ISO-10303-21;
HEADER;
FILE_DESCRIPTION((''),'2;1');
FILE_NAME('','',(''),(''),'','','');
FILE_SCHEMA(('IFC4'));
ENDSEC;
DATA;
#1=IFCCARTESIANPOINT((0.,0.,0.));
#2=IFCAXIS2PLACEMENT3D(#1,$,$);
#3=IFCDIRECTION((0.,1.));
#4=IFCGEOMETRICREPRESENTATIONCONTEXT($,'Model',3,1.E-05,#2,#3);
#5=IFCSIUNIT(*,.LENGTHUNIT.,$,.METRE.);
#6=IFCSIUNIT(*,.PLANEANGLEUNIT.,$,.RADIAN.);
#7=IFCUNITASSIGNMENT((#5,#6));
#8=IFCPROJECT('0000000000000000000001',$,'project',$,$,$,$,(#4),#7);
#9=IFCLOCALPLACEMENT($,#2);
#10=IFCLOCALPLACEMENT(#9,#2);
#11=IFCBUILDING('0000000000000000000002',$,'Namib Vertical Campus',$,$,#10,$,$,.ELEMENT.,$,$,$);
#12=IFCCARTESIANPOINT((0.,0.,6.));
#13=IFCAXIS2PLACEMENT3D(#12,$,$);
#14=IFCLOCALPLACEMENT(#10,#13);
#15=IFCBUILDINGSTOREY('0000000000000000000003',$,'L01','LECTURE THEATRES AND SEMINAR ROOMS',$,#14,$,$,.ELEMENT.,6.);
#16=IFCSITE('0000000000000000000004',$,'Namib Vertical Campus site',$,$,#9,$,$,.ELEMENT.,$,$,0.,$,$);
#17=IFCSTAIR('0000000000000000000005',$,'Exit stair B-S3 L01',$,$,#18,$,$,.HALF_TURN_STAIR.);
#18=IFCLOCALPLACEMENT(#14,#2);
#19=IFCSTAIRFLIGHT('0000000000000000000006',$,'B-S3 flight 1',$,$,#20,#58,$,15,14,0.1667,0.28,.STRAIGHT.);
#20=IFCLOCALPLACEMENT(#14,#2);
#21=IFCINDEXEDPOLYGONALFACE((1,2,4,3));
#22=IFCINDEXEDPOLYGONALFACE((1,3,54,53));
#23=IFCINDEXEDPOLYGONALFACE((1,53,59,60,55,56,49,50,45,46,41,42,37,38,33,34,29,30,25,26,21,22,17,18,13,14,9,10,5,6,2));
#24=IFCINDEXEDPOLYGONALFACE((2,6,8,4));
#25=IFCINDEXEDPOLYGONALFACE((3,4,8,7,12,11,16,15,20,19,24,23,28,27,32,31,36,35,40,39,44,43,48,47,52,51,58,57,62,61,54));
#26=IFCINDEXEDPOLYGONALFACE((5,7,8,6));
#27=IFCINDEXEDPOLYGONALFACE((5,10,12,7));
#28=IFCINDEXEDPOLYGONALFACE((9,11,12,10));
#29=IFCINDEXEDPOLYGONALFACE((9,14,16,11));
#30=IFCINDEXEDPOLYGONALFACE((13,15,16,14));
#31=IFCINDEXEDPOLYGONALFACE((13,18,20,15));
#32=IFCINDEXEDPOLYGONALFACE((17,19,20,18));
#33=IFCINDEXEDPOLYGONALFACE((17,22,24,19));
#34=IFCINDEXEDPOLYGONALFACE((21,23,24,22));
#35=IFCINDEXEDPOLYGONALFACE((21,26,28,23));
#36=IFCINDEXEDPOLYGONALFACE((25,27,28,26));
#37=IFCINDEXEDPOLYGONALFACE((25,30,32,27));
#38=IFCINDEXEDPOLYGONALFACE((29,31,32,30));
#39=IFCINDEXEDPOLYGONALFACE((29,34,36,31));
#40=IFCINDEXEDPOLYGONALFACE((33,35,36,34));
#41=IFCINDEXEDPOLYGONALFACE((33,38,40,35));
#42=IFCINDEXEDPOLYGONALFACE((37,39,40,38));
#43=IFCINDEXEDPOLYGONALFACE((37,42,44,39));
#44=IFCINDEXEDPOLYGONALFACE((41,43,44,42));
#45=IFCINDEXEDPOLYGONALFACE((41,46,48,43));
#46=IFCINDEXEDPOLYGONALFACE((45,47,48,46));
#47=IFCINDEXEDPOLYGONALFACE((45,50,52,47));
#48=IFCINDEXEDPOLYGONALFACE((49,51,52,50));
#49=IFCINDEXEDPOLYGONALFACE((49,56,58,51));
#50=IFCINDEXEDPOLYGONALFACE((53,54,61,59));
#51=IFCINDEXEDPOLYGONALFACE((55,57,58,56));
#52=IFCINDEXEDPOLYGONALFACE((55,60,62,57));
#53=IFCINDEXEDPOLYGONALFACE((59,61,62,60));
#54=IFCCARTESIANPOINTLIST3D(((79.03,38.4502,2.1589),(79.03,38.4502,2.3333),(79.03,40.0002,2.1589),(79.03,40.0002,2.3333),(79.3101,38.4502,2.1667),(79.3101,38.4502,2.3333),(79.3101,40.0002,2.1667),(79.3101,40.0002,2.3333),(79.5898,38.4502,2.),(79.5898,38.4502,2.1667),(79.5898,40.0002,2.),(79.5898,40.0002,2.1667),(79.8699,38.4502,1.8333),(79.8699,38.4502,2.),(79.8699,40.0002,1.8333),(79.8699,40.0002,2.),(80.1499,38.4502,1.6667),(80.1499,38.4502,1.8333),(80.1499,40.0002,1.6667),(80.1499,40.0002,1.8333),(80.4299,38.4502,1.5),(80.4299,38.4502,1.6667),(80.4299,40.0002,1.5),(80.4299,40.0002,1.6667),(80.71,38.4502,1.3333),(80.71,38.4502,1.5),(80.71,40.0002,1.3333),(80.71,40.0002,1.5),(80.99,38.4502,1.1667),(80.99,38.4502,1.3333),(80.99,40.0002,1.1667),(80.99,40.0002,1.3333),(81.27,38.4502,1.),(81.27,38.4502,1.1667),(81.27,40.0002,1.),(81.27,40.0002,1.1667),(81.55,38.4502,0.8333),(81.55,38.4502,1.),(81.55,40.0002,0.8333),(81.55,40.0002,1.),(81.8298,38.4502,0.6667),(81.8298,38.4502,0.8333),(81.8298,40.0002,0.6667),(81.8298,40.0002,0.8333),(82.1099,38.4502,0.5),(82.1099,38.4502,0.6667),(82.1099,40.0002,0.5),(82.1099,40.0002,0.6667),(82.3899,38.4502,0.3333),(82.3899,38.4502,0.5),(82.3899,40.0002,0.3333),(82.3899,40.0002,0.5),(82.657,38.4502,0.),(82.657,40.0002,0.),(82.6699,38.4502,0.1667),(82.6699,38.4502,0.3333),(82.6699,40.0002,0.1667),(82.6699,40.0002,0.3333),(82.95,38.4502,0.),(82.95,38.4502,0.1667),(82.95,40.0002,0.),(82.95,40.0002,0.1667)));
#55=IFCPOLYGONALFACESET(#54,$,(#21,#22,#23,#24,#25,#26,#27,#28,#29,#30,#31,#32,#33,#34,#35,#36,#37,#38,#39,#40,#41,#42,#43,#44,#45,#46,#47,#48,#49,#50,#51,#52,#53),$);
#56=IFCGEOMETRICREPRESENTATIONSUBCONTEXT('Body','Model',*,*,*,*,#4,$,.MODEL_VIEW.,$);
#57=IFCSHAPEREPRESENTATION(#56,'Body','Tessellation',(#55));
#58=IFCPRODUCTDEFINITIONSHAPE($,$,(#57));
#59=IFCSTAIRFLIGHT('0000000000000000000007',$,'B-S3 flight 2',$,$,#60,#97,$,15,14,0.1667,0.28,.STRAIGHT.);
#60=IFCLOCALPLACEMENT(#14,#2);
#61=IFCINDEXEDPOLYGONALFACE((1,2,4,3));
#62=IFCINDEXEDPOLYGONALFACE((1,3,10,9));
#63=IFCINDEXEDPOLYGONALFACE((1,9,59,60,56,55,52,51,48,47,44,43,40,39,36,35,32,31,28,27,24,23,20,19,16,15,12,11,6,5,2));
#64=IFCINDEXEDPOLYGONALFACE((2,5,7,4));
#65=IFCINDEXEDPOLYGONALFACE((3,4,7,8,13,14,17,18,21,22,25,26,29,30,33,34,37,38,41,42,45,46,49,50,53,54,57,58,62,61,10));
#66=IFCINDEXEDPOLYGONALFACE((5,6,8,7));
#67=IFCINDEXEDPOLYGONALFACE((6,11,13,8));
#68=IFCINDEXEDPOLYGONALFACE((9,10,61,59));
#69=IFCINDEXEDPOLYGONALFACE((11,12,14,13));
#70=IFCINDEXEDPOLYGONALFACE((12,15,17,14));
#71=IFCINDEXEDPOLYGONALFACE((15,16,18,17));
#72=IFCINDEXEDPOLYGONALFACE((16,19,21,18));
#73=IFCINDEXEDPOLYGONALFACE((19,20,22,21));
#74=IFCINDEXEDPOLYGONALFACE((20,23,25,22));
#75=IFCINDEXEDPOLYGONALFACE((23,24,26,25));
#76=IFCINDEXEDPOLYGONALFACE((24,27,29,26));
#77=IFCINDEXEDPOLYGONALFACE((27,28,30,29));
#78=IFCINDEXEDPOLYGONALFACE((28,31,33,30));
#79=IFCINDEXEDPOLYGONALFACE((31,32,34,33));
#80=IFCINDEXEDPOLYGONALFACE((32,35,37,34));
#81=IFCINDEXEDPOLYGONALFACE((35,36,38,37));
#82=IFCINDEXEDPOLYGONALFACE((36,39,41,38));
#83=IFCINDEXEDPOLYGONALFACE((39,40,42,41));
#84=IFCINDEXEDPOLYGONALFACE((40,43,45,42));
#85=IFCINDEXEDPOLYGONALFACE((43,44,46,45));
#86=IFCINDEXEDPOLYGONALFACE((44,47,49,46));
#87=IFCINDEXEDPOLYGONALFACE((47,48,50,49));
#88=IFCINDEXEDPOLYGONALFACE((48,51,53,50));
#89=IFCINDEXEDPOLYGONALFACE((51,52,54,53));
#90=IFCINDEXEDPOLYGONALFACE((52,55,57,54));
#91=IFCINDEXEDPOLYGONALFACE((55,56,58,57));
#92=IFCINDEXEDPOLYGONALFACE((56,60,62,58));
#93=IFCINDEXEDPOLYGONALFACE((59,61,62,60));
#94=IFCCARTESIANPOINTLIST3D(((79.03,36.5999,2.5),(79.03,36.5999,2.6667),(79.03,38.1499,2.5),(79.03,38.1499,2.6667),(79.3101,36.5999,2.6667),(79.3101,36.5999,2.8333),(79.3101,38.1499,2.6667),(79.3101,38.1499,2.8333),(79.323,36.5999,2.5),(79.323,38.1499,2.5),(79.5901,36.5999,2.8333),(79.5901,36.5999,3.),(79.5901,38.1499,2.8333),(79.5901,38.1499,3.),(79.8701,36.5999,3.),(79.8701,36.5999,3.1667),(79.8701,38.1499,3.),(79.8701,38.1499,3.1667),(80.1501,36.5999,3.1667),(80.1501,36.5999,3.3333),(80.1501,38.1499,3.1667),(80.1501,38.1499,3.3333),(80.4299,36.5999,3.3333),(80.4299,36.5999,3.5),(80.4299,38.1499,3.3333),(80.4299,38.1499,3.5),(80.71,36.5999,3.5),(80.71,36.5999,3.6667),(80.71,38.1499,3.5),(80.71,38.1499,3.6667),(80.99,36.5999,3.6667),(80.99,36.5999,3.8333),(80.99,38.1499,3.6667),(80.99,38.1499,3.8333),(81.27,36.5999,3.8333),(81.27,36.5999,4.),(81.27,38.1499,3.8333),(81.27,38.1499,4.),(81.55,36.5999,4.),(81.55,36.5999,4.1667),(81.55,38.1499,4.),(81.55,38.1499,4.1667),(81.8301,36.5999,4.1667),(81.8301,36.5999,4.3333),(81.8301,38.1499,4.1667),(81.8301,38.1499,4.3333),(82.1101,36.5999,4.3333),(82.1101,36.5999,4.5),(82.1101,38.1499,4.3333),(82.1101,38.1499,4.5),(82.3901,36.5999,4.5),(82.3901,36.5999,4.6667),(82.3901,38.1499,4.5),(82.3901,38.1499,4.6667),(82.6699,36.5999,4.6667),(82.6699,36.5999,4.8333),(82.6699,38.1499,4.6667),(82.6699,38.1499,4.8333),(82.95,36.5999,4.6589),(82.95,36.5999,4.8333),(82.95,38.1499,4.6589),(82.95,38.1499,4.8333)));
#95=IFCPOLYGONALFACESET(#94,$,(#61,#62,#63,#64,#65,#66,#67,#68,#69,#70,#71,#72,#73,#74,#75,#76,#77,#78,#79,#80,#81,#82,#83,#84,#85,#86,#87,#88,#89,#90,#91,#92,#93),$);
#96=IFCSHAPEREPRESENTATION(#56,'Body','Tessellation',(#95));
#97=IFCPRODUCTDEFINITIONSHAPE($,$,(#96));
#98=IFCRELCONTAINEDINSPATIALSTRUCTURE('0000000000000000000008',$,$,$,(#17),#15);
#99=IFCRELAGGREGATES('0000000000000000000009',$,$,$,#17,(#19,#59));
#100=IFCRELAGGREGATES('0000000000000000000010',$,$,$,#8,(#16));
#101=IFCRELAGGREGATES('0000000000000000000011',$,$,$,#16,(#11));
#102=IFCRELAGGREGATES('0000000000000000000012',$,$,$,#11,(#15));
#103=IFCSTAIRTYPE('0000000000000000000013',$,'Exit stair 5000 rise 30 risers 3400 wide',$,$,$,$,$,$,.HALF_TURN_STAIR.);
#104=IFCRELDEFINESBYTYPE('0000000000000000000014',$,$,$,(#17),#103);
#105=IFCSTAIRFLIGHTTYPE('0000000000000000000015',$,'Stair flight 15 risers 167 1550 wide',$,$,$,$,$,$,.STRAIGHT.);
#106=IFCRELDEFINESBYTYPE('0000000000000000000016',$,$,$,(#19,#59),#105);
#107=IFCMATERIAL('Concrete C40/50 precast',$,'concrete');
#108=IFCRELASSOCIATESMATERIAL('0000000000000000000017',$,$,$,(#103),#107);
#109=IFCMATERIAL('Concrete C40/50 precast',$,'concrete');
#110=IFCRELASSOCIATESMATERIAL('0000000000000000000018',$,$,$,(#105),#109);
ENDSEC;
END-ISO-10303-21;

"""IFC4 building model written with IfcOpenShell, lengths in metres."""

from ifc_helpers import new_model, si_unit, direction, frame, origin, place, context, subcontext, project, spatial, polyline, outline, extrude, material, type_object, element, aggregate, save


model = new_model("IFC4")

# Units and contexts
model_context = context("Model", 3, precision=1e-05, world=origin(), true_north=direction((0.0, 1.0)))
body_context = subcontext(model_context, "Body", "Model", "MODEL_VIEW")
ifc_project = project(units=[si_unit("LENGTHUNIT", "METRE"), si_unit("PLANEANGLEUNIT", "RADIAN")], contexts=[model_context])

# Site, building, storey
site_placement = place(None, origin())
site = spatial("IfcSite", under=ifc_project, at=site_placement, Name="Namib Vertical Campus site", CompositionType="ELEMENT", RefElevation=0.0)
building_placement = place(site_placement, origin())
building = spatial("IfcBuilding", under=site, at=building_placement, Name="Namib Vertical Campus", CompositionType="ELEMENT")
storey_placement = place(building_placement, frame((0.0, 0.0, 6.0)))
storey = spatial("IfcBuildingStorey", under=building, at=storey_placement, Name="L01", Description="LECTURE THEATRES AND SEMINAR ROOMS", CompositionType="ELEMENT", Elevation=6.0)

# Stair, stair flights
ifc_material_1 = material(Name="Concrete C40/50 precast", Category="concrete")
stair_type = type_object("IfcStairType", Name="Exit stair 5000 rise 30 risers 3400 wide", PredefinedType="HALF_TURN_STAIR", material=ifc_material_1)
stair_placement = place(storey_placement, origin())
stair = element("IfcStair", 1, at=stair_placement, inside=storey, type_object=stair_type, Name="Exit stair B-S3 L01", PredefinedType="HALF_TURN_STAIR")
ifc_material_2 = material(Name="Concrete C40/50 precast", Category="concrete")
stair_flight_type = type_object("IfcStairFlightType", Name="Stair flight 15 risers 167 1550 wide", PredefinedType="STRAIGHT", material=ifc_material_2)
stair_flight_1_placement = place(storey_placement, frame((82.95, 39.2251, 0.0), z_axis=(0.0, 0.0, 1.0), x_axis=(-1.0, 0.0, 0.0)))
stair_flight_1 = element("IfcStairFlight", 2, at=stair_flight_1_placement, type_object=stair_flight_type, Name="B-S3 flight 1", NumberOfRisers=15, NumberOfTreads=14, PredefinedType="STRAIGHT", RiserHeight=0.1667, TreadLength=0.28, context=body_context, shape_type="SweptSolid", body=[
    extrude(outline(polyline([(0.0, 0.0), (0.0, 0.1667), (0.28, 0.1667), (0.28, 0.3333), (0.5601, 0.3333), (0.5601, 0.5), (0.8401, 0.5), (0.8401, 0.6667), (1.1201, 0.6667), (1.1201, 0.8333), (1.3999, 0.8333), (1.3999, 1.0), (1.6799, 1.0), (1.6799, 1.1667), (1.96, 1.1667), (1.96, 1.3333), (2.24, 1.3333), (2.24, 1.5), (2.52, 1.5), (2.52, 1.6667), (2.8, 1.6667), (2.8, 1.8333), (3.0801, 1.8333), (3.0801, 2.0), (3.3601, 2.0), (3.3601, 2.1667), (3.6399, 2.1667), (3.6399, 2.3333), (3.9199, 2.3333), (3.9199, 2.5), (3.9199, 2.1589), (0.293, 0.0), (0.0, 0.0)])), frame((0.0, 0.7749, 0.0), z_axis=(0.0, -1.0, 0.0), x_axis=(1.0, 0.0, 0.0)), (0.0, 0.0, 1.0), 1.55),
])
stair_flight_2_placement = place(storey_placement, frame((79.03, 37.375, 2.5), z_axis=(0.0, 0.0, 1.0), x_axis=(1.0, 0.0, 0.0)))
stair_flight_2 = element("IfcStairFlight", 3, at=stair_flight_2_placement, type_object=stair_flight_type, Name="B-S3 flight 2", NumberOfRisers=15, NumberOfTreads=14, PredefinedType="STRAIGHT", RiserHeight=0.1667, TreadLength=0.28, context=body_context, shape_type="SweptSolid", body=[
    extrude(outline(polyline([(0.0, 0.0), (0.0, 0.1667), (0.28, 0.1667), (0.28, 0.3333), (0.5601, 0.3333), (0.5601, 0.5), (0.8401, 0.5), (0.8401, 0.6667), (1.1201, 0.6667), (1.1201, 0.8333), (1.3999, 0.8333), (1.3999, 1.0), (1.6799, 1.0), (1.6799, 1.1667), (1.96, 1.1667), (1.96, 1.3333), (2.24, 1.3333), (2.24, 1.5), (2.52, 1.5), (2.52, 1.6667), (2.8, 1.6667), (2.8, 1.8333), (3.0801, 1.8333), (3.0801, 2.0), (3.3601, 2.0), (3.3601, 2.1667), (3.6399, 2.1667), (3.6399, 2.3333), (3.9199, 2.3333), (3.9199, 2.5), (3.9199, 2.1589), (0.293, 0.0), (0.0, 0.0)])), frame((0.0, 0.7749, 0.0), z_axis=(0.0, -1.0, 0.0), x_axis=(1.0, 0.0, 0.0)), (0.0, 0.0, 1.0), 1.55),
])
aggregate(stair, [stair_flight_1, stair_flight_2])

save(model, "model.ifc")
